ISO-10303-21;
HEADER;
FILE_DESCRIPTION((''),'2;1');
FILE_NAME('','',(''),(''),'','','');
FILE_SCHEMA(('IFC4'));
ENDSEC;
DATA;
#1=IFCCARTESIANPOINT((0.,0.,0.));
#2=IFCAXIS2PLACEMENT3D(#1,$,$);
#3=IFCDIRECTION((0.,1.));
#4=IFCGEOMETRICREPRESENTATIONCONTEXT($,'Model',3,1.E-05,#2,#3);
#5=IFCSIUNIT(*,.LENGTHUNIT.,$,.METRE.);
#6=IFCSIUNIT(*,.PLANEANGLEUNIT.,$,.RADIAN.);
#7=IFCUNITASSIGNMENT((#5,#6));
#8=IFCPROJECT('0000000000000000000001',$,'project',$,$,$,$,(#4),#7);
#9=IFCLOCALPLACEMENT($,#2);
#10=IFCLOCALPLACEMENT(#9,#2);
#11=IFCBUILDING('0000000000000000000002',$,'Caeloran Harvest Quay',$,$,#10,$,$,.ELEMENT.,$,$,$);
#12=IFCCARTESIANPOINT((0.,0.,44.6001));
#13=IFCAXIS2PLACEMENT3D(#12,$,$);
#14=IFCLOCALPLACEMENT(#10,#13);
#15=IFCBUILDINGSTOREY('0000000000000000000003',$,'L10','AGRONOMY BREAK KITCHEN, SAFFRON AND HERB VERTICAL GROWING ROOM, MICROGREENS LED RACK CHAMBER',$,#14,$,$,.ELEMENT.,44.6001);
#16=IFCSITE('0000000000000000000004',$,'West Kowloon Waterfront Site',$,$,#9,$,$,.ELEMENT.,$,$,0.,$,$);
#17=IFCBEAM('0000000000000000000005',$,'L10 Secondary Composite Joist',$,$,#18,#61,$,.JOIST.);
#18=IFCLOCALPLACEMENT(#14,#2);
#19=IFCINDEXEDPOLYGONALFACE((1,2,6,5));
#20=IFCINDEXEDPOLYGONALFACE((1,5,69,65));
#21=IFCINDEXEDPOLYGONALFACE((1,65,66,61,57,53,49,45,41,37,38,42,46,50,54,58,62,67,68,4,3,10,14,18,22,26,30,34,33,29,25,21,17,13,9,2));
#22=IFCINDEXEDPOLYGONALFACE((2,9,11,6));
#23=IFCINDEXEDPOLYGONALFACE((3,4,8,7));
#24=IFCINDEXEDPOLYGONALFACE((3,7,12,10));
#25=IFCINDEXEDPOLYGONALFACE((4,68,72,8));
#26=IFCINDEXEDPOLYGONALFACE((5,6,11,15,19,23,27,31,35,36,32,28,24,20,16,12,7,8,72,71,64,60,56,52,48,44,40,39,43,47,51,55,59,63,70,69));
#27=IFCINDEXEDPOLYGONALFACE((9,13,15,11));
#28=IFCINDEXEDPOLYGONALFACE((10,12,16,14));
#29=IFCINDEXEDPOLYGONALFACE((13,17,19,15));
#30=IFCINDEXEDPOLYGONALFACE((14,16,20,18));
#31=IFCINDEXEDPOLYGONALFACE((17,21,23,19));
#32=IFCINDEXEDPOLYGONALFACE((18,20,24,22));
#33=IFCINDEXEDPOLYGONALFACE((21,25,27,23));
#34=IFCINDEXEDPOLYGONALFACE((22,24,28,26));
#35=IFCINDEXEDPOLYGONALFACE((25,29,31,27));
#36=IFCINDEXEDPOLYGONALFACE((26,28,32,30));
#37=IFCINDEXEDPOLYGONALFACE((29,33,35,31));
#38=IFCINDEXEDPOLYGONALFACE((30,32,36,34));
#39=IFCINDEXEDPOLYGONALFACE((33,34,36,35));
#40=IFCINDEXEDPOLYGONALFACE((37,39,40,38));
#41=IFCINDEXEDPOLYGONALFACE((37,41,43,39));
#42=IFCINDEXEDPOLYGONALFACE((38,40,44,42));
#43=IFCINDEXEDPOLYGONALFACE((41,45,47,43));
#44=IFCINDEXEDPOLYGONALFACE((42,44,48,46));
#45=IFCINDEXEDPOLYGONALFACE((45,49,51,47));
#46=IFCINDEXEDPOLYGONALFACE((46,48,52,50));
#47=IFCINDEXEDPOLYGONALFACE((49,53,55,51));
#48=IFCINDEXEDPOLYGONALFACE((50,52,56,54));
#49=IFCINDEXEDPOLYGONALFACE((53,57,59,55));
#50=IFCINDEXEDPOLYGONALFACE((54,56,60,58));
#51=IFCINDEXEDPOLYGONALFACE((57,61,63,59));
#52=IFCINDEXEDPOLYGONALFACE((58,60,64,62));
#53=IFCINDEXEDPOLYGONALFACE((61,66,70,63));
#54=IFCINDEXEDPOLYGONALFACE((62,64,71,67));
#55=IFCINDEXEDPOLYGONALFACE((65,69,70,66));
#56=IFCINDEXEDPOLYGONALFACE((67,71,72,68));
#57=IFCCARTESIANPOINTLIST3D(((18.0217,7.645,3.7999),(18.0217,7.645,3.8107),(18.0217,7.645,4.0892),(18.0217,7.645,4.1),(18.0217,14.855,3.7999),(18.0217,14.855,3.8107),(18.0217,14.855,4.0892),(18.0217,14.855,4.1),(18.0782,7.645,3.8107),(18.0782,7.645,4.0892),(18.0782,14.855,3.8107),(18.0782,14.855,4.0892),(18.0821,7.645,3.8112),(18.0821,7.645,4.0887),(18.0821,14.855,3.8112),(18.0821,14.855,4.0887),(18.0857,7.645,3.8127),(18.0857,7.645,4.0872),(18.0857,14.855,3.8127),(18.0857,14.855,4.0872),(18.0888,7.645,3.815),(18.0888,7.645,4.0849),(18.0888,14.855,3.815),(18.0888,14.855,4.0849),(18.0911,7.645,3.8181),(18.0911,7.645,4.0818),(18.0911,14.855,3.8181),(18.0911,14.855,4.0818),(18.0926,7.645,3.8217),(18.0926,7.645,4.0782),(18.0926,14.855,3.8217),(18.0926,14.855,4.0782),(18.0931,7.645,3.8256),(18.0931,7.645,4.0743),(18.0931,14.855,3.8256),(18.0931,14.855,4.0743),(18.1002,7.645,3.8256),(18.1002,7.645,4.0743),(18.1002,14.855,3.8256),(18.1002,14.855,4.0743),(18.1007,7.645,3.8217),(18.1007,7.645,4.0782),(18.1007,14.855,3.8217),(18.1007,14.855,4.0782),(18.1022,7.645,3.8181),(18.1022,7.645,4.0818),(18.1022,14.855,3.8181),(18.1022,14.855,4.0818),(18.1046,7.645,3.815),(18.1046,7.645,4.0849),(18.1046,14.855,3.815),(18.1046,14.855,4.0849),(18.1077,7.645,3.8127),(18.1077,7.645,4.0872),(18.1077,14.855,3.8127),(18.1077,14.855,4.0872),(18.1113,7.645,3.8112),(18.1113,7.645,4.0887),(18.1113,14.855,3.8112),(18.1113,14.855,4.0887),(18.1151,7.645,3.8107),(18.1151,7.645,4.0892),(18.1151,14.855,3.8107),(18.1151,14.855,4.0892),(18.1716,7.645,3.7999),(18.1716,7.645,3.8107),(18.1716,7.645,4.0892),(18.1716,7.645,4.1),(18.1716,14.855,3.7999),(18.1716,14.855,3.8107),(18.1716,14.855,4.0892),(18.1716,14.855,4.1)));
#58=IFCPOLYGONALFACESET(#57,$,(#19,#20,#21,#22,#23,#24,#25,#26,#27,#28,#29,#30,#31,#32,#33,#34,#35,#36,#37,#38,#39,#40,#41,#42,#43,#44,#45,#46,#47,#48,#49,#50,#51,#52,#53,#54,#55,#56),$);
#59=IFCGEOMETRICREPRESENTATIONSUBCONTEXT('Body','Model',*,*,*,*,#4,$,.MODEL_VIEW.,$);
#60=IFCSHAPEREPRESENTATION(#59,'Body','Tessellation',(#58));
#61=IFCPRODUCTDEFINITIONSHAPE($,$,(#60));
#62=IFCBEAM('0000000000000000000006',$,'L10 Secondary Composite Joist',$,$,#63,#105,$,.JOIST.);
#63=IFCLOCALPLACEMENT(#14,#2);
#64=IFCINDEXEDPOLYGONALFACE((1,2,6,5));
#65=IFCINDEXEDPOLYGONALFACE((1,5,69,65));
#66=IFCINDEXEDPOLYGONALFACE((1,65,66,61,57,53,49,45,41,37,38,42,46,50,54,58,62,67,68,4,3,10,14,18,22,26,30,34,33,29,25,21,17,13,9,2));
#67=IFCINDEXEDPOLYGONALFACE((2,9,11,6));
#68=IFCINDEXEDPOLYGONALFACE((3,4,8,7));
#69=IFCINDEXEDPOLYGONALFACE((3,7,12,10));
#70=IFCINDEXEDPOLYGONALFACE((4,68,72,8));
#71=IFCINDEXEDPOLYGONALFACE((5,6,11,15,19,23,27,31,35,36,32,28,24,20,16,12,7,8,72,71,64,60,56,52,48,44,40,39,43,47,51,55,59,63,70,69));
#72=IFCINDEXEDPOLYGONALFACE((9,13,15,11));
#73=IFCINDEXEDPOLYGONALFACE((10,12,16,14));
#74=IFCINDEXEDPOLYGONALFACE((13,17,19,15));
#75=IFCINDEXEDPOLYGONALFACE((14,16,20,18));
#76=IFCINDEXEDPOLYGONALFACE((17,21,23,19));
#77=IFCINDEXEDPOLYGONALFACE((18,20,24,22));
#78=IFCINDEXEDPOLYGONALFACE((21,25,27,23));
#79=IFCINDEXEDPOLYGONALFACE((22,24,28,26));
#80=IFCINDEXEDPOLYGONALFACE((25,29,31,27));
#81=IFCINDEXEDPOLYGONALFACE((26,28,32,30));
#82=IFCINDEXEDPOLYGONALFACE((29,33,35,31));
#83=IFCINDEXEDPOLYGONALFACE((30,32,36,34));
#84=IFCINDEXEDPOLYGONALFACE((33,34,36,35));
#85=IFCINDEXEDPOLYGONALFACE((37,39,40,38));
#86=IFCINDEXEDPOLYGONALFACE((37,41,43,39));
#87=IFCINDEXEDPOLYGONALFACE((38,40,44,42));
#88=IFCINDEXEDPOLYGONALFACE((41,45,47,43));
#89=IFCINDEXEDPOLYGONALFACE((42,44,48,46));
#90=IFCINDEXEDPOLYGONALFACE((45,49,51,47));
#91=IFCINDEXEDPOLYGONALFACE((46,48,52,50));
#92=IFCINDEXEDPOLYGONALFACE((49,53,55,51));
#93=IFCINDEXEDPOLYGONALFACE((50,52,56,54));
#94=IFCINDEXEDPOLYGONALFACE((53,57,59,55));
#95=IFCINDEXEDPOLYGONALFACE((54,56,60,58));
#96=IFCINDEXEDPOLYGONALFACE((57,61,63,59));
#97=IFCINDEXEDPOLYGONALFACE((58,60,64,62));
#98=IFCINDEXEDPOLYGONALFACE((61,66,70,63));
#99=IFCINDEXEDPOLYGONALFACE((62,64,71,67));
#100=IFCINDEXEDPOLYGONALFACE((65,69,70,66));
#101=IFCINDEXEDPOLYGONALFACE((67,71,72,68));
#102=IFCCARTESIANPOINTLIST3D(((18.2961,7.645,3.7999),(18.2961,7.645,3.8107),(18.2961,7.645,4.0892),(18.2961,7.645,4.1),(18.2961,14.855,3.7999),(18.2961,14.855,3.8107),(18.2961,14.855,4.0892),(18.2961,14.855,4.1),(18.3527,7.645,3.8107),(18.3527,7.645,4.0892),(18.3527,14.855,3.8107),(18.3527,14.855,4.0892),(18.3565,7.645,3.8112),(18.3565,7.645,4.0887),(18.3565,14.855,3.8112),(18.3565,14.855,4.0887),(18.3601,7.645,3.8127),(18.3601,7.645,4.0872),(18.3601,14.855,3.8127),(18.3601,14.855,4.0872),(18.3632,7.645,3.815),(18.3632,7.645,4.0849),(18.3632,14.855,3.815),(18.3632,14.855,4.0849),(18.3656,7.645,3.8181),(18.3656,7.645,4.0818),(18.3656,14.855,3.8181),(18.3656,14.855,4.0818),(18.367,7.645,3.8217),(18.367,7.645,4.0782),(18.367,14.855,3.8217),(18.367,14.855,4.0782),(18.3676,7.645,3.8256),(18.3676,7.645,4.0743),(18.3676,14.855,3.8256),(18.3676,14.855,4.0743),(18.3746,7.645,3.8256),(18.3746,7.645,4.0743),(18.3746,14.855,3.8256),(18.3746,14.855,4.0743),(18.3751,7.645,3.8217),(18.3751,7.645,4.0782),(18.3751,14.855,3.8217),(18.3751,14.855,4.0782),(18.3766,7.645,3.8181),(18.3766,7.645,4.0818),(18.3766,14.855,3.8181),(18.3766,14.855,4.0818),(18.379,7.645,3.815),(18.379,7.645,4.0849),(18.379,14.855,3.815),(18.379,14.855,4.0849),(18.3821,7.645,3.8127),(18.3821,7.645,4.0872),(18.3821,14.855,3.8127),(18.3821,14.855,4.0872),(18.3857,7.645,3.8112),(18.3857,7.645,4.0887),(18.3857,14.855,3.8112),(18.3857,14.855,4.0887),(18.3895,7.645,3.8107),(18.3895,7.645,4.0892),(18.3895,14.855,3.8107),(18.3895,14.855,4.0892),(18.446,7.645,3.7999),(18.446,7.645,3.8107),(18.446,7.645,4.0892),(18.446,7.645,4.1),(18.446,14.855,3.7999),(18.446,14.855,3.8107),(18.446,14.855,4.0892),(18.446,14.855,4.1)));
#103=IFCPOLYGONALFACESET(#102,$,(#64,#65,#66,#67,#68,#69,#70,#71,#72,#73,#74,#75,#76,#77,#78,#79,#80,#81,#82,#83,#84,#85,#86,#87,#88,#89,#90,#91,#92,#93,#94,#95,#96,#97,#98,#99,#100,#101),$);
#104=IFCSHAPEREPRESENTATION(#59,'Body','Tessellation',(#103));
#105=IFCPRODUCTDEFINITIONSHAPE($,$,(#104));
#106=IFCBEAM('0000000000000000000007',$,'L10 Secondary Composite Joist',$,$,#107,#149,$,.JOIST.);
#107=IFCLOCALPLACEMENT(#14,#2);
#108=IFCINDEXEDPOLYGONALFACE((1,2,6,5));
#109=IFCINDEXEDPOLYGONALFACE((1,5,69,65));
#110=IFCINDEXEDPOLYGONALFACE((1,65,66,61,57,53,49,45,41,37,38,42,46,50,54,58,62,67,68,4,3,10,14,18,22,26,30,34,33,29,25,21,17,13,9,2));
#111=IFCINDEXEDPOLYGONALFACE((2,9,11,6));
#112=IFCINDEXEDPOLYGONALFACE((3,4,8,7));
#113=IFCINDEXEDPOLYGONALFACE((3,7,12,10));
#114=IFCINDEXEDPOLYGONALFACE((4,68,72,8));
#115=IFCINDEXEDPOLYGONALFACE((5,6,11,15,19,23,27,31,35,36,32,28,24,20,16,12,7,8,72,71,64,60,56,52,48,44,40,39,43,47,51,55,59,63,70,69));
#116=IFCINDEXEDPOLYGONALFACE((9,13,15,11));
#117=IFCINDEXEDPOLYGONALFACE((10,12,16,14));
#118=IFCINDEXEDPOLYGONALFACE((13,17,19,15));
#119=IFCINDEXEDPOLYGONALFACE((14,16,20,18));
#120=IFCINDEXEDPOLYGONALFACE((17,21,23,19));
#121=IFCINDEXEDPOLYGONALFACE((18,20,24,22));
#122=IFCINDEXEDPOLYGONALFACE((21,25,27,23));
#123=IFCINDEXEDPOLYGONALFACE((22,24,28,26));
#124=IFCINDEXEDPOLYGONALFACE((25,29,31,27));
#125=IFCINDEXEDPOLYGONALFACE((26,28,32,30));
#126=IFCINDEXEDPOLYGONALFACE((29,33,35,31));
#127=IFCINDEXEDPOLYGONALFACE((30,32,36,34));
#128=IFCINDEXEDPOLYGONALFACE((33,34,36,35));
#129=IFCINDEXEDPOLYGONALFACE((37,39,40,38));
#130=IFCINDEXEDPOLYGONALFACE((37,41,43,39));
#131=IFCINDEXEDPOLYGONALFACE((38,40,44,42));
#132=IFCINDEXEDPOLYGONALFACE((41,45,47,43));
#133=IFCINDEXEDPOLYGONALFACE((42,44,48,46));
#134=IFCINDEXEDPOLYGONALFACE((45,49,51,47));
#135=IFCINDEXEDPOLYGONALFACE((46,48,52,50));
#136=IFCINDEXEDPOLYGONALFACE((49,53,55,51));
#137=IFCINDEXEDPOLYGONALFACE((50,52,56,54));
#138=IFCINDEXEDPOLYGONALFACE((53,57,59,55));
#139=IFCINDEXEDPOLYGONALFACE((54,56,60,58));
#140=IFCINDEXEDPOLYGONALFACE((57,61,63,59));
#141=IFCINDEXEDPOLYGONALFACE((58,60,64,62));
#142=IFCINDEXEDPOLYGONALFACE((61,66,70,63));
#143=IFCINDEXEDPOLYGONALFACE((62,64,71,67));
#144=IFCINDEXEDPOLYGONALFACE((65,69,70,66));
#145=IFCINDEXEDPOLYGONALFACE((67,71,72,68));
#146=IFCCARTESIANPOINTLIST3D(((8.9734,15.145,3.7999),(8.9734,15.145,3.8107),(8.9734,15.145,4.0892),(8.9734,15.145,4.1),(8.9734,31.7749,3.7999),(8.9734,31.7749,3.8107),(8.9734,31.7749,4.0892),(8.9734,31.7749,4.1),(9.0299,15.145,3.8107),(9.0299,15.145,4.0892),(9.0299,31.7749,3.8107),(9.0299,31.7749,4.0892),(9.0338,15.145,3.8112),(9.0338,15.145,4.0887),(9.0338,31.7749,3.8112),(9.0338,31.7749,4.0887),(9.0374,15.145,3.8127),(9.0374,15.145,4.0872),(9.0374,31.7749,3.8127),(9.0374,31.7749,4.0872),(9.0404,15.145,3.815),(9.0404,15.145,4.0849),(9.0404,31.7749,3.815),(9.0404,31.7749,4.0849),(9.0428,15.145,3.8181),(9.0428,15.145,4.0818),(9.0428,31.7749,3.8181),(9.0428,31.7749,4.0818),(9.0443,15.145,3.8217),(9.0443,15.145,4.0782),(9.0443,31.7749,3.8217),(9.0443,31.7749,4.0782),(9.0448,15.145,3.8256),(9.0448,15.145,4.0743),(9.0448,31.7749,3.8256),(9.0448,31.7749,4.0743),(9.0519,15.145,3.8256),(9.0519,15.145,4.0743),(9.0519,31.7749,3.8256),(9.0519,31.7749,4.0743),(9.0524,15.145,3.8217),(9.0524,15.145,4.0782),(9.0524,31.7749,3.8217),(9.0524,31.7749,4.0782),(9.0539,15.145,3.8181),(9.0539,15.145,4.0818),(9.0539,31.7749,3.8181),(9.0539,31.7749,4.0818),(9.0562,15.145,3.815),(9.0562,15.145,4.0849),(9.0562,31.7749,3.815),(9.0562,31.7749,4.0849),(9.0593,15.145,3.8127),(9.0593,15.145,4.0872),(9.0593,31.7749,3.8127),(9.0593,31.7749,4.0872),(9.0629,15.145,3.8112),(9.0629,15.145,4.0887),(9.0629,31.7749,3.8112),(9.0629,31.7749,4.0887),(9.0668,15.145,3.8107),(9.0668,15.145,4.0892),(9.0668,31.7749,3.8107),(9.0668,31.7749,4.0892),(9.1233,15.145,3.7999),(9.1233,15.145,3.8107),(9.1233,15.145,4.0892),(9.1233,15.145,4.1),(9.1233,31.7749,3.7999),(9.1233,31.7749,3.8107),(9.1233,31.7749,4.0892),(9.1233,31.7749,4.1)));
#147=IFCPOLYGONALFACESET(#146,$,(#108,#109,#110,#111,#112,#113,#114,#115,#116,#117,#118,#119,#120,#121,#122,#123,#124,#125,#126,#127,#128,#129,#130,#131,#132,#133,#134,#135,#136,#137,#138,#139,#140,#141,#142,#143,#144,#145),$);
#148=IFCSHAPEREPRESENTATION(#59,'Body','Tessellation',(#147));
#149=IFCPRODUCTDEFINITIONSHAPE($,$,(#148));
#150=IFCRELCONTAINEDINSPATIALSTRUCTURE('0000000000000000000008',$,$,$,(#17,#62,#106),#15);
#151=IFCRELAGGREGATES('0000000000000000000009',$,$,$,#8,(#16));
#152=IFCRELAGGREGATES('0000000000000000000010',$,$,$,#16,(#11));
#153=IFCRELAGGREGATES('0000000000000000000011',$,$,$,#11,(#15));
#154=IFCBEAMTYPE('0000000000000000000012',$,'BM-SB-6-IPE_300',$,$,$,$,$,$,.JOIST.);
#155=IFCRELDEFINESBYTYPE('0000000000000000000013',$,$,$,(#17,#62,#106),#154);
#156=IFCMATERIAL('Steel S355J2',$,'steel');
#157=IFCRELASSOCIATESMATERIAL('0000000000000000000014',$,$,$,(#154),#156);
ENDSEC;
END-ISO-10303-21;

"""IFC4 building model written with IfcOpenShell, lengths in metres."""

from ifc_helpers import new_model, si_unit, direction, frame, origin, origin_2d, place, context, subcontext, project, spatial, i_section, extrude, material, material_profile, profile_set, type_object, element, save


model = new_model("IFC4")

# Units and contexts
model_context = context("Model", 3, precision=1e-05, world=origin(), true_north=direction((0.0, 1.0)))
body_context = subcontext(model_context, "Body", "Model", "MODEL_VIEW")
ifc_project = project(units=[si_unit("LENGTHUNIT", "METRE"), si_unit("PLANEANGLEUNIT", "RADIAN")], contexts=[model_context])

# Site, building, storey
site_placement = place(None, origin())
site = spatial("IfcSite", under=ifc_project, at=site_placement, Name="West Kowloon Waterfront Site", CompositionType="ELEMENT", RefElevation=0.0)
building_placement = place(site_placement, origin())
building = spatial("IfcBuilding", under=site, at=building_placement, Name="Caeloran Harvest Quay", CompositionType="ELEMENT")
storey_placement = place(building_placement, frame((0.0, 0.0, 44.6001)))
storey = spatial("IfcBuildingStorey", under=building, at=storey_placement, Name="L10", Description="AGRONOMY BREAK KITCHEN, SAFFRON AND HERB VERTICAL GROWING ROOM, MICROGREENS LED RACK CHAMBER", CompositionType="ELEMENT", Elevation=44.6001)

# Beams
ifc_material_1 = material(Name="Steel S355J2", Category="steel")
ifc_material_profile_1 = material_profile(ifc_material_1, i_section(OverallWidth=0.1499, OverallDepth=0.3, WebThickness=0.0071, FlangeThickness=0.0107, FilletRadius=0.0149, at=origin_2d()), Name="IPE 300")
ifc_profile_set_1 = profile_set([ifc_material_profile_1], Name="Steel S355J2")
beam_type_1 = type_object("IfcBeamType", Name="BM-SB-6-IPE_300", PredefinedType="JOIST", material=ifc_profile_set_1)
for number, where, z_axis, x_axis, name in (
    (1, (18.0967, 7.645, 3.95), (0.0, 1.0, 0.0), (-1.0, 0.0, 0.0), "L10 Secondary Composite Joist"),
    (2, (18.3711, 7.645, 3.95), (0.0, 1.0, 0.0), (-1.0, 0.0, 0.0), "L10 Secondary Composite Joist"),
):
    element("IfcBeam", number, at=place(storey_placement, frame(where, z_axis=z_axis, x_axis=x_axis)), inside=storey, type_object=beam_type_1, Name=name, PredefinedType="JOIST", context=body_context, shape_type="SweptSolid", body=[
        extrude(i_section(OverallWidth=0.1499, OverallDepth=0.3, WebThickness=0.0071, FlangeThickness=0.0107, FilletRadius=0.0149, at=origin_2d()), origin(), (0.0, 0.0, 1.0), 7.21),
    ])
beam_1_placement = place(storey_placement, frame((9.0483, 15.145, 3.95), z_axis=(0.0, 1.0, 0.0), x_axis=(-1.0, 0.0, 0.0)))
element("IfcBeam", 3, at=beam_1_placement, inside=storey, type_object=beam_type_1, Name="L10 Secondary Composite Joist", PredefinedType="JOIST", context=body_context, shape_type="SweptSolid", body=[
    extrude(i_section(OverallWidth=0.1499, OverallDepth=0.3, WebThickness=0.0071, FlangeThickness=0.0107, FilletRadius=0.0149, at=origin_2d()), origin(), (0.0, 0.0, 1.0), 16.6299),
])

save(model, "model.ifc")
